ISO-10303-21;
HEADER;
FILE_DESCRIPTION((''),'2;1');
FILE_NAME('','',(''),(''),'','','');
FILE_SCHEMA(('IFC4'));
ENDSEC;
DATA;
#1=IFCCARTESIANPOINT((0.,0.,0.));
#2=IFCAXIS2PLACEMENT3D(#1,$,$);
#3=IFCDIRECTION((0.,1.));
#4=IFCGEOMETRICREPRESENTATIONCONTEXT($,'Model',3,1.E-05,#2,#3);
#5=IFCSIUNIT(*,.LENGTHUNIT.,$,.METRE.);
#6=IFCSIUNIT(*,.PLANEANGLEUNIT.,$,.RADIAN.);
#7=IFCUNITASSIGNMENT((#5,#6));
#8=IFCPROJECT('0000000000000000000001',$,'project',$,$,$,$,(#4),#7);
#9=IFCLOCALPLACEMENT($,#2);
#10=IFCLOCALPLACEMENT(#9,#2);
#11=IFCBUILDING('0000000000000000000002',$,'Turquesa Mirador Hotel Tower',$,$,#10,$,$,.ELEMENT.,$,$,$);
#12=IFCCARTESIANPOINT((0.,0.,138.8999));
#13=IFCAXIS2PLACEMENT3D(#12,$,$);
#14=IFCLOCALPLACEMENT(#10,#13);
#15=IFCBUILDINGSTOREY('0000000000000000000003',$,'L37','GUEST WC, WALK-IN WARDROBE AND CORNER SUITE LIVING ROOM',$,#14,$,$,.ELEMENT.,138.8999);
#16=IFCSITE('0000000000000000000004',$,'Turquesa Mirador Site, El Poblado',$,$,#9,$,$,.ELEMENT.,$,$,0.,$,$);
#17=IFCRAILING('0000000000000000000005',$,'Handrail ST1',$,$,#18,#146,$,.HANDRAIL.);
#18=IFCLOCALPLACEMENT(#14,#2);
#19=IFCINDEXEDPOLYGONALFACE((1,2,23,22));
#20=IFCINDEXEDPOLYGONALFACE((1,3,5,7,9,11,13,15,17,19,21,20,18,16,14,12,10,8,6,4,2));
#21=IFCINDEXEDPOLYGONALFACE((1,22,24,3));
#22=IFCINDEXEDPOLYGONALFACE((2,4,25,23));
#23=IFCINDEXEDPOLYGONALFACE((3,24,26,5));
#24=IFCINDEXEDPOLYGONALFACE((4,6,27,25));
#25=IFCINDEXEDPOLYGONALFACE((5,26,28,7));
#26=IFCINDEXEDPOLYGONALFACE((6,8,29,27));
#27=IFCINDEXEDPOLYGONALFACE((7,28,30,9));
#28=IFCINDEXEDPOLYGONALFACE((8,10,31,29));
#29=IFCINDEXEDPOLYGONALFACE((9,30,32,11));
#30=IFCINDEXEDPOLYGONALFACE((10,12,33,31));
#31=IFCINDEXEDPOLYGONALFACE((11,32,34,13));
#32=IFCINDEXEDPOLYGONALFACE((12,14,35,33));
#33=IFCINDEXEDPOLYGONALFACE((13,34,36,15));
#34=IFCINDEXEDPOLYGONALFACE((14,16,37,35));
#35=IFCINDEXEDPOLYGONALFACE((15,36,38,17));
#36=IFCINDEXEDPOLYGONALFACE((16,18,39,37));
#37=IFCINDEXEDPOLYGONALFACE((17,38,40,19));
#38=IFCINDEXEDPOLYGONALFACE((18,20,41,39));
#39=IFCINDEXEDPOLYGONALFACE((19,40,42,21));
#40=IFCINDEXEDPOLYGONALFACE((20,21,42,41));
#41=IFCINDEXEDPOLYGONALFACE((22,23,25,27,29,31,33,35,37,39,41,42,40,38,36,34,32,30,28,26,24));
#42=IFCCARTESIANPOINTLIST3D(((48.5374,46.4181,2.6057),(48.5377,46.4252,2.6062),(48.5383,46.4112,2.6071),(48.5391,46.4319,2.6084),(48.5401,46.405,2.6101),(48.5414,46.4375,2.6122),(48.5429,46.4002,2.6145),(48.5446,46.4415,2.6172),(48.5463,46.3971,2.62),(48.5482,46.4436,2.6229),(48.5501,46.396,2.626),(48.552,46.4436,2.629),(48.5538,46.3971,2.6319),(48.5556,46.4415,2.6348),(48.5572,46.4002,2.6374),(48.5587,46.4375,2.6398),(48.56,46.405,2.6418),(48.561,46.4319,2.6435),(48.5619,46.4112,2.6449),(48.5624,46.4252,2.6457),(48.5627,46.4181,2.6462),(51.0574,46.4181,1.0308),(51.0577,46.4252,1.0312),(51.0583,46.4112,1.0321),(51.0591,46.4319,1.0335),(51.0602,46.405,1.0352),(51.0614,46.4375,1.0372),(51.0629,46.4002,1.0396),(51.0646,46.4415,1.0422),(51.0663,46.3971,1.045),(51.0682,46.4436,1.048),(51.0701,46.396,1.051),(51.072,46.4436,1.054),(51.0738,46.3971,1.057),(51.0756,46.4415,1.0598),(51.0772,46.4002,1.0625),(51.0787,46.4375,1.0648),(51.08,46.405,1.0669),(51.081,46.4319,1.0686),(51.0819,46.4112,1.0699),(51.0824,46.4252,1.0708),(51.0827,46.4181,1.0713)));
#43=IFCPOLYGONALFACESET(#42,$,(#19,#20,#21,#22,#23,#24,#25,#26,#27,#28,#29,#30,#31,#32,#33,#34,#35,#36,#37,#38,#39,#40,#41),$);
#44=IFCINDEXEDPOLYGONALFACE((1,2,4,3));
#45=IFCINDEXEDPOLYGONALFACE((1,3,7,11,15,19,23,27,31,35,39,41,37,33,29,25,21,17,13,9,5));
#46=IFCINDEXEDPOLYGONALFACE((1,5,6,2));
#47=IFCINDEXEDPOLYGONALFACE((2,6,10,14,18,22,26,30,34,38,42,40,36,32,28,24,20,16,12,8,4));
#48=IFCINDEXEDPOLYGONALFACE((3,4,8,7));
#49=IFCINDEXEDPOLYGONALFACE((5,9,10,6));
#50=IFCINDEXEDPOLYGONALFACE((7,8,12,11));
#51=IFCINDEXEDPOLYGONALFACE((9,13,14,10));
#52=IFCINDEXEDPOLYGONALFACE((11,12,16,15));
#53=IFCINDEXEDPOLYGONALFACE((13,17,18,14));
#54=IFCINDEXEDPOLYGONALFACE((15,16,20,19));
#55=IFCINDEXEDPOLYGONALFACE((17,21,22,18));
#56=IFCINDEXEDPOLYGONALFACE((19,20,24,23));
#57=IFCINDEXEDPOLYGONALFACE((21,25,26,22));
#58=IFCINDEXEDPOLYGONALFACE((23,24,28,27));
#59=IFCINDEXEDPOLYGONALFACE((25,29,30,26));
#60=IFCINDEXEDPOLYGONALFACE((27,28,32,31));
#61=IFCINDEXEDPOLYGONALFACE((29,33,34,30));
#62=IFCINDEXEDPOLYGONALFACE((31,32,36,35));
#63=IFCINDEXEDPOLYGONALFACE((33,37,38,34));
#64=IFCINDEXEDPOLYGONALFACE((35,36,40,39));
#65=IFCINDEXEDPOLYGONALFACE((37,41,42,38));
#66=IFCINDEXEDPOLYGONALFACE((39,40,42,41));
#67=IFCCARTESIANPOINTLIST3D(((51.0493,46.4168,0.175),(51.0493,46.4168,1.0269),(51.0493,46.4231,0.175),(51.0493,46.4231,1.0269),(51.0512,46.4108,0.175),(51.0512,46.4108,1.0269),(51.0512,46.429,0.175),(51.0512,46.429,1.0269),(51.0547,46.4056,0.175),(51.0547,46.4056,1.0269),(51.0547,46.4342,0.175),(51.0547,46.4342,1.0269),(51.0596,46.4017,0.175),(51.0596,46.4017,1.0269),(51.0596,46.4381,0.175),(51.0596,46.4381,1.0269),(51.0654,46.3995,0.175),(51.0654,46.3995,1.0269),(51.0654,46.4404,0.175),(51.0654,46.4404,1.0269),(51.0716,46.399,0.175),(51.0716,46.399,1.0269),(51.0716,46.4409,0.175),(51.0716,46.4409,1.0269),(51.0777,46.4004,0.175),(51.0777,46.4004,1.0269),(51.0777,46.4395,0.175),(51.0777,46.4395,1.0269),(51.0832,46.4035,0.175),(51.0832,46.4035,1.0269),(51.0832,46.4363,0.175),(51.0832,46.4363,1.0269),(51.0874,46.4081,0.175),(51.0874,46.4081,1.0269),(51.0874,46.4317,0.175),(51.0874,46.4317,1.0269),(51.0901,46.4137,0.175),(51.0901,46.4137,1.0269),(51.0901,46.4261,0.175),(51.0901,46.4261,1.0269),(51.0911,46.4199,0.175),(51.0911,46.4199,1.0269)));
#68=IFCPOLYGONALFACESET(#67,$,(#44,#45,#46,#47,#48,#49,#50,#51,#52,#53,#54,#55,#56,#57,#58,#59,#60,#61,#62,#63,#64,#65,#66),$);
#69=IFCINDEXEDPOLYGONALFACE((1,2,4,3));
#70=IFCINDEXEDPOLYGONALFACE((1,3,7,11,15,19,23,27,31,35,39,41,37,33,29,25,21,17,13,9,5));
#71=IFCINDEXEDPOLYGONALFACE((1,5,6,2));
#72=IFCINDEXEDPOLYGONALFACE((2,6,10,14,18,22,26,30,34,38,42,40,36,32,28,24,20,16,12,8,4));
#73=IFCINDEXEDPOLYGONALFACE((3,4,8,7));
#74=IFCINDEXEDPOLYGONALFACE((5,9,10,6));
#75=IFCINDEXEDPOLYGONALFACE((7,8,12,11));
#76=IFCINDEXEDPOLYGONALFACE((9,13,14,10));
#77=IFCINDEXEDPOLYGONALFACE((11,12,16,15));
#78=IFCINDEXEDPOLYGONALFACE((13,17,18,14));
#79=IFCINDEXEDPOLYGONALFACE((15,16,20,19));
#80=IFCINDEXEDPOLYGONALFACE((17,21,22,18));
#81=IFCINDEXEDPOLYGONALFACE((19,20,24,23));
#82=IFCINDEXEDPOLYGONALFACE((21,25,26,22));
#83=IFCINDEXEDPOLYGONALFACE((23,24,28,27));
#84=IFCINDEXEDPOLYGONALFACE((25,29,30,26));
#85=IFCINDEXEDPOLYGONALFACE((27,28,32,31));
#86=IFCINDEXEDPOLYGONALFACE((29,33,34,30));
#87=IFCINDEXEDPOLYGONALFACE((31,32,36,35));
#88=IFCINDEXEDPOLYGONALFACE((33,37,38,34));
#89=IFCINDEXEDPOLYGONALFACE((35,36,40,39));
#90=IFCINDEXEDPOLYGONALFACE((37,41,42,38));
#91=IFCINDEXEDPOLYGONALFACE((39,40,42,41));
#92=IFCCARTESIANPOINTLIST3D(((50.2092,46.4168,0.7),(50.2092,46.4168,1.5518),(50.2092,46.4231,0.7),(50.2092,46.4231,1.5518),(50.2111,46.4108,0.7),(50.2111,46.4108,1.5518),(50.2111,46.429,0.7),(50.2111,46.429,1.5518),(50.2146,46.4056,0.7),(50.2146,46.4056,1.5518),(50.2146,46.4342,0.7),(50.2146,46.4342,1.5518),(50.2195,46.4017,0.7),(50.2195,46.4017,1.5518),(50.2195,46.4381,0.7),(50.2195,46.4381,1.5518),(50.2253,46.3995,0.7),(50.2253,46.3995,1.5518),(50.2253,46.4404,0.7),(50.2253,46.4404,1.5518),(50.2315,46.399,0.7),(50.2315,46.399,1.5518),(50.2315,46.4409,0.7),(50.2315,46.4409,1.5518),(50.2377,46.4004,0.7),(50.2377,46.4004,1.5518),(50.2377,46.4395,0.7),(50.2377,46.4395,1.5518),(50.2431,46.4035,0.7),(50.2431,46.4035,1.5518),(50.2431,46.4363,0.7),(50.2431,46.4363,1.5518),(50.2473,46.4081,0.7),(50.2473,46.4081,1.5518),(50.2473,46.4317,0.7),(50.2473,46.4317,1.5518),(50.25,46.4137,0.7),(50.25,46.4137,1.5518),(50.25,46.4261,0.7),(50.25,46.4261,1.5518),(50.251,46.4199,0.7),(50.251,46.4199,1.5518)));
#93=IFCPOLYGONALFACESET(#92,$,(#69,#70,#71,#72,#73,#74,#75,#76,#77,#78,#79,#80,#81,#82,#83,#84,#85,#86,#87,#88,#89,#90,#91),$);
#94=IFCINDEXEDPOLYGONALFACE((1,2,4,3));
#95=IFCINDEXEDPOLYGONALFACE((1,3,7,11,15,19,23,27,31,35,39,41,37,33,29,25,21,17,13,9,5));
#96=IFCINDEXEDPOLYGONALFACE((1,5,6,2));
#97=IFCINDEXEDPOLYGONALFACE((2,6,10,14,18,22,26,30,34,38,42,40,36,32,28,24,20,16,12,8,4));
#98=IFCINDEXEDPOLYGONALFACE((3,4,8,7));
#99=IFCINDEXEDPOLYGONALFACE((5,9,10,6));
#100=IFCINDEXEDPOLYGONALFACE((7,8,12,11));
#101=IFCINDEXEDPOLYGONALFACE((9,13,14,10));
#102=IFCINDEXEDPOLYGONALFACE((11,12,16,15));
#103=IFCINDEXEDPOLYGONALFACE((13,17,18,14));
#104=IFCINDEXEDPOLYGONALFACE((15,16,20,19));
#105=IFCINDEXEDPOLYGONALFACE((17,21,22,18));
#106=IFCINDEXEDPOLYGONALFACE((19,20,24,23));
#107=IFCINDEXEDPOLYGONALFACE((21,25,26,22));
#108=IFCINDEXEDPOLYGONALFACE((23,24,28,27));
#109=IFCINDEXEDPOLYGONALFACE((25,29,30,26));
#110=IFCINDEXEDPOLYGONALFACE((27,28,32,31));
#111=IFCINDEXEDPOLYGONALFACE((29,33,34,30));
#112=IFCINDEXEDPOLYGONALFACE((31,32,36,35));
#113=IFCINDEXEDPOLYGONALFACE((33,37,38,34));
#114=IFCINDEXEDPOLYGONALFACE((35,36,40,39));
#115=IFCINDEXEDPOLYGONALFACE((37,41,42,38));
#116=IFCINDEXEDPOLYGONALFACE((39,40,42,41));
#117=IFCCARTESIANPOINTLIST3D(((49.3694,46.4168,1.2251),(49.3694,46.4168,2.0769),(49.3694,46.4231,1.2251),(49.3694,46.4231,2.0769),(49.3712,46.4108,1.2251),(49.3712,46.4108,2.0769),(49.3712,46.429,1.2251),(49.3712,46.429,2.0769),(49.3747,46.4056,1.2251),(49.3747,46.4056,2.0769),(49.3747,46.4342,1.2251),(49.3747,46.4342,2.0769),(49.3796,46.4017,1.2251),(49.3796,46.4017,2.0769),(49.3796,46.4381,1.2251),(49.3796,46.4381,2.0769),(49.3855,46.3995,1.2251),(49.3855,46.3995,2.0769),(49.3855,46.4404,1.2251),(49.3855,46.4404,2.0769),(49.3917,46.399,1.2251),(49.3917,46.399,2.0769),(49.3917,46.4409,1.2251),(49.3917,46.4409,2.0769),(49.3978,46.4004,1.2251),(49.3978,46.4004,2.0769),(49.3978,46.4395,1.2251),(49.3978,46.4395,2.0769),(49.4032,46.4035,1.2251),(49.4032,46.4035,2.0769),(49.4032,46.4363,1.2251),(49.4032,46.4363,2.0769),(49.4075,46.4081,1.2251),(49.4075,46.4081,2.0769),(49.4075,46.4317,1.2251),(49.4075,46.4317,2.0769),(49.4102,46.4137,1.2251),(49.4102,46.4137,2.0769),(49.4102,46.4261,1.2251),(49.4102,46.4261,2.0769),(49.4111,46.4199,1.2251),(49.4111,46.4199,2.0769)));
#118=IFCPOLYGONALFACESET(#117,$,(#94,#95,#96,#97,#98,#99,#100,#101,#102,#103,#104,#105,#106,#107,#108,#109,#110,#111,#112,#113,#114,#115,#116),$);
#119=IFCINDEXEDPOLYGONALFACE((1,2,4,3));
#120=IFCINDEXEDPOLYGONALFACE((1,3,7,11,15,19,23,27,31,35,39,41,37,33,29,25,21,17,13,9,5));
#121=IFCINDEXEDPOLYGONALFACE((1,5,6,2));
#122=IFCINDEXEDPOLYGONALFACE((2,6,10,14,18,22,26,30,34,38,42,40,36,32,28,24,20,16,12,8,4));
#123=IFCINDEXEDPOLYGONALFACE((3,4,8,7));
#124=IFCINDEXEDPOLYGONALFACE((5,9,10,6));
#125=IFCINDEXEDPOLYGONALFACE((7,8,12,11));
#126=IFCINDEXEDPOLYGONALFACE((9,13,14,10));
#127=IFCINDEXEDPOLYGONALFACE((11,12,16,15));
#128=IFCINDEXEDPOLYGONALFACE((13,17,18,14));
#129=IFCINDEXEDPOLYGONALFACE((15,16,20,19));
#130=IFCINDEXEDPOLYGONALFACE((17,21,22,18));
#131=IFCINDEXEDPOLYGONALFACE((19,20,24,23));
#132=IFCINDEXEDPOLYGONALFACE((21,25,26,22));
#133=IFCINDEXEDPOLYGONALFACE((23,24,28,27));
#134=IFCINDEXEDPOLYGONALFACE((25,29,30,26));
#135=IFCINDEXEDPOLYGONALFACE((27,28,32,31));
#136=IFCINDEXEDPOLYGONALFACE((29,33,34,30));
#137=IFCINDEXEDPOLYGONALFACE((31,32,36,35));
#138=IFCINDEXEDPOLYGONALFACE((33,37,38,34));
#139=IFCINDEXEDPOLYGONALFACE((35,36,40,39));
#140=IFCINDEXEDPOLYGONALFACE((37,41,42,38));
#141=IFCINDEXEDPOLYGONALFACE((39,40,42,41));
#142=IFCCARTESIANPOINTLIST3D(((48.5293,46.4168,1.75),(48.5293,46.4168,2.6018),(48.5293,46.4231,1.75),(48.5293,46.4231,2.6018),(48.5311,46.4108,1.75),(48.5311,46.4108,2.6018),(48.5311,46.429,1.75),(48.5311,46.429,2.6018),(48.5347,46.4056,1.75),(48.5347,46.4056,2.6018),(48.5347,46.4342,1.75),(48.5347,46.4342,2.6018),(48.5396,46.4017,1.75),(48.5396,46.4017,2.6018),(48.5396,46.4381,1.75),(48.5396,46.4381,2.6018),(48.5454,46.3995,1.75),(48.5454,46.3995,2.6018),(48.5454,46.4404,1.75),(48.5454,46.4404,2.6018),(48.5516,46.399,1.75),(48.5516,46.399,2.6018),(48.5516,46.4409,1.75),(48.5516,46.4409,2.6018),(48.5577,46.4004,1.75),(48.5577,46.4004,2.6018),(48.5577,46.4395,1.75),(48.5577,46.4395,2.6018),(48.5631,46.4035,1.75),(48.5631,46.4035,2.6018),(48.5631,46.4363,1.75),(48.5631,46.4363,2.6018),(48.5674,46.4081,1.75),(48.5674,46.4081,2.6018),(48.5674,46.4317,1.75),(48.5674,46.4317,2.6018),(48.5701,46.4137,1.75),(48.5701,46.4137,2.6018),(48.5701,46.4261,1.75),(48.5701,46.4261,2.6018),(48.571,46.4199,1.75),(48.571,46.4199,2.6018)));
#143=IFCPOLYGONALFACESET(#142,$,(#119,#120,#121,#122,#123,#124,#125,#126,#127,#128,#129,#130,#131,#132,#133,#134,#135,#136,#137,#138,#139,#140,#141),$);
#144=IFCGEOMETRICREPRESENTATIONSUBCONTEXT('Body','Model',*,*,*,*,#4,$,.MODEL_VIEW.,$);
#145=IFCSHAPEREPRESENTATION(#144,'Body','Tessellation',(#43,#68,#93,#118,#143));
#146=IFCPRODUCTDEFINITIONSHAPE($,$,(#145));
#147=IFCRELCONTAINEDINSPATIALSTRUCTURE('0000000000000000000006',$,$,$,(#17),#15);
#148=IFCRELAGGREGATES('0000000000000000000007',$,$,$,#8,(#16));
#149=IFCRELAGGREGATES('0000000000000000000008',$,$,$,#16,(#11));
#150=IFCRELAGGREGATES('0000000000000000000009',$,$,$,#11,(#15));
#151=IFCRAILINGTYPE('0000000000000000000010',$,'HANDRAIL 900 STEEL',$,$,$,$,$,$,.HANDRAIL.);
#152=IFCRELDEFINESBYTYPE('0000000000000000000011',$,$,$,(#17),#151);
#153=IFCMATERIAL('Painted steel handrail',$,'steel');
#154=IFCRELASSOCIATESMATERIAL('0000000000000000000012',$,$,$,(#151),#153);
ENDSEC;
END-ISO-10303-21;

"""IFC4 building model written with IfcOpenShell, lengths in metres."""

from ifc_helpers import new_model, si_unit, direction, frame, origin, origin_2d, place, context, subcontext, project, spatial, circle, extrude, material, type_object, element, save


model = new_model("IFC4")

# Units and contexts
model_context = context("Model", 3, precision=1e-05, world=origin(), true_north=direction((0.0, 1.0)))
body_context = subcontext(model_context, "Body", "Model", "MODEL_VIEW")
ifc_project = project(units=[si_unit("LENGTHUNIT", "METRE"), si_unit("PLANEANGLEUNIT", "RADIAN")], contexts=[model_context])

# Site, building, storey
site_placement = place(None, origin())
site = spatial("IfcSite", under=ifc_project, at=site_placement, Name="Turquesa Mirador Site, El Poblado", CompositionType="ELEMENT", RefElevation=0.0)
building_placement = place(site_placement, origin())
building = spatial("IfcBuilding", under=site, at=building_placement, Name="Turquesa Mirador Hotel Tower", CompositionType="ELEMENT")
storey_placement = place(building_placement, frame((0.0, 0.0, 138.8999)))
storey = spatial("IfcBuildingStorey", under=building, at=storey_placement, Name="L37", Description="GUEST WC, WALK-IN WARDROBE AND CORNER SUITE LIVING ROOM", CompositionType="ELEMENT", Elevation=138.8999)

# Railing
ifc_material_1 = material(Name="Painted steel handrail", Category="steel")
railing_type = type_object("IfcRailingType", Name="HANDRAIL 900 STEEL", PredefinedType="HANDRAIL", material=ifc_material_1)
railing_1_placement = place(storey_placement, frame((51.0701, 46.4199, 0.175)))
element("IfcRailing", 1, at=railing_1_placement, inside=storey, type_object=railing_type, Name="Handrail ST1", PredefinedType="HANDRAIL", context=body_context, shape_type="SweptSolid", body=[
    extrude(circle(Radius=0.0239, at=origin_2d()), frame((0.0, 0.0, 0.876), z_axis=(-0.848008, 0.0, 0.529984), x_axis=(0.0, -1.0, 0.0)), (0.0, 0.0, 1.0), 2.9717),
    extrude(circle(Radius=0.021, at=origin_2d()), origin(), (0.0, 0.0, 1.0), 0.8518),
    extrude(circle(Radius=0.021, at=origin_2d()), frame((-0.8401, 0.0, 0.5249)), (0.0, 0.0, 1.0), 0.8518),
    extrude(circle(Radius=0.021, at=origin_2d()), frame((-1.6799, 0.0, 1.05)), (0.0, 0.0, 1.0), 0.8518),
    extrude(circle(Radius=0.021, at=origin_2d()), frame((-2.52, 0.0, 1.575)), (0.0, 0.0, 1.0), 0.8518),
])

save(model, "model.ifc")
